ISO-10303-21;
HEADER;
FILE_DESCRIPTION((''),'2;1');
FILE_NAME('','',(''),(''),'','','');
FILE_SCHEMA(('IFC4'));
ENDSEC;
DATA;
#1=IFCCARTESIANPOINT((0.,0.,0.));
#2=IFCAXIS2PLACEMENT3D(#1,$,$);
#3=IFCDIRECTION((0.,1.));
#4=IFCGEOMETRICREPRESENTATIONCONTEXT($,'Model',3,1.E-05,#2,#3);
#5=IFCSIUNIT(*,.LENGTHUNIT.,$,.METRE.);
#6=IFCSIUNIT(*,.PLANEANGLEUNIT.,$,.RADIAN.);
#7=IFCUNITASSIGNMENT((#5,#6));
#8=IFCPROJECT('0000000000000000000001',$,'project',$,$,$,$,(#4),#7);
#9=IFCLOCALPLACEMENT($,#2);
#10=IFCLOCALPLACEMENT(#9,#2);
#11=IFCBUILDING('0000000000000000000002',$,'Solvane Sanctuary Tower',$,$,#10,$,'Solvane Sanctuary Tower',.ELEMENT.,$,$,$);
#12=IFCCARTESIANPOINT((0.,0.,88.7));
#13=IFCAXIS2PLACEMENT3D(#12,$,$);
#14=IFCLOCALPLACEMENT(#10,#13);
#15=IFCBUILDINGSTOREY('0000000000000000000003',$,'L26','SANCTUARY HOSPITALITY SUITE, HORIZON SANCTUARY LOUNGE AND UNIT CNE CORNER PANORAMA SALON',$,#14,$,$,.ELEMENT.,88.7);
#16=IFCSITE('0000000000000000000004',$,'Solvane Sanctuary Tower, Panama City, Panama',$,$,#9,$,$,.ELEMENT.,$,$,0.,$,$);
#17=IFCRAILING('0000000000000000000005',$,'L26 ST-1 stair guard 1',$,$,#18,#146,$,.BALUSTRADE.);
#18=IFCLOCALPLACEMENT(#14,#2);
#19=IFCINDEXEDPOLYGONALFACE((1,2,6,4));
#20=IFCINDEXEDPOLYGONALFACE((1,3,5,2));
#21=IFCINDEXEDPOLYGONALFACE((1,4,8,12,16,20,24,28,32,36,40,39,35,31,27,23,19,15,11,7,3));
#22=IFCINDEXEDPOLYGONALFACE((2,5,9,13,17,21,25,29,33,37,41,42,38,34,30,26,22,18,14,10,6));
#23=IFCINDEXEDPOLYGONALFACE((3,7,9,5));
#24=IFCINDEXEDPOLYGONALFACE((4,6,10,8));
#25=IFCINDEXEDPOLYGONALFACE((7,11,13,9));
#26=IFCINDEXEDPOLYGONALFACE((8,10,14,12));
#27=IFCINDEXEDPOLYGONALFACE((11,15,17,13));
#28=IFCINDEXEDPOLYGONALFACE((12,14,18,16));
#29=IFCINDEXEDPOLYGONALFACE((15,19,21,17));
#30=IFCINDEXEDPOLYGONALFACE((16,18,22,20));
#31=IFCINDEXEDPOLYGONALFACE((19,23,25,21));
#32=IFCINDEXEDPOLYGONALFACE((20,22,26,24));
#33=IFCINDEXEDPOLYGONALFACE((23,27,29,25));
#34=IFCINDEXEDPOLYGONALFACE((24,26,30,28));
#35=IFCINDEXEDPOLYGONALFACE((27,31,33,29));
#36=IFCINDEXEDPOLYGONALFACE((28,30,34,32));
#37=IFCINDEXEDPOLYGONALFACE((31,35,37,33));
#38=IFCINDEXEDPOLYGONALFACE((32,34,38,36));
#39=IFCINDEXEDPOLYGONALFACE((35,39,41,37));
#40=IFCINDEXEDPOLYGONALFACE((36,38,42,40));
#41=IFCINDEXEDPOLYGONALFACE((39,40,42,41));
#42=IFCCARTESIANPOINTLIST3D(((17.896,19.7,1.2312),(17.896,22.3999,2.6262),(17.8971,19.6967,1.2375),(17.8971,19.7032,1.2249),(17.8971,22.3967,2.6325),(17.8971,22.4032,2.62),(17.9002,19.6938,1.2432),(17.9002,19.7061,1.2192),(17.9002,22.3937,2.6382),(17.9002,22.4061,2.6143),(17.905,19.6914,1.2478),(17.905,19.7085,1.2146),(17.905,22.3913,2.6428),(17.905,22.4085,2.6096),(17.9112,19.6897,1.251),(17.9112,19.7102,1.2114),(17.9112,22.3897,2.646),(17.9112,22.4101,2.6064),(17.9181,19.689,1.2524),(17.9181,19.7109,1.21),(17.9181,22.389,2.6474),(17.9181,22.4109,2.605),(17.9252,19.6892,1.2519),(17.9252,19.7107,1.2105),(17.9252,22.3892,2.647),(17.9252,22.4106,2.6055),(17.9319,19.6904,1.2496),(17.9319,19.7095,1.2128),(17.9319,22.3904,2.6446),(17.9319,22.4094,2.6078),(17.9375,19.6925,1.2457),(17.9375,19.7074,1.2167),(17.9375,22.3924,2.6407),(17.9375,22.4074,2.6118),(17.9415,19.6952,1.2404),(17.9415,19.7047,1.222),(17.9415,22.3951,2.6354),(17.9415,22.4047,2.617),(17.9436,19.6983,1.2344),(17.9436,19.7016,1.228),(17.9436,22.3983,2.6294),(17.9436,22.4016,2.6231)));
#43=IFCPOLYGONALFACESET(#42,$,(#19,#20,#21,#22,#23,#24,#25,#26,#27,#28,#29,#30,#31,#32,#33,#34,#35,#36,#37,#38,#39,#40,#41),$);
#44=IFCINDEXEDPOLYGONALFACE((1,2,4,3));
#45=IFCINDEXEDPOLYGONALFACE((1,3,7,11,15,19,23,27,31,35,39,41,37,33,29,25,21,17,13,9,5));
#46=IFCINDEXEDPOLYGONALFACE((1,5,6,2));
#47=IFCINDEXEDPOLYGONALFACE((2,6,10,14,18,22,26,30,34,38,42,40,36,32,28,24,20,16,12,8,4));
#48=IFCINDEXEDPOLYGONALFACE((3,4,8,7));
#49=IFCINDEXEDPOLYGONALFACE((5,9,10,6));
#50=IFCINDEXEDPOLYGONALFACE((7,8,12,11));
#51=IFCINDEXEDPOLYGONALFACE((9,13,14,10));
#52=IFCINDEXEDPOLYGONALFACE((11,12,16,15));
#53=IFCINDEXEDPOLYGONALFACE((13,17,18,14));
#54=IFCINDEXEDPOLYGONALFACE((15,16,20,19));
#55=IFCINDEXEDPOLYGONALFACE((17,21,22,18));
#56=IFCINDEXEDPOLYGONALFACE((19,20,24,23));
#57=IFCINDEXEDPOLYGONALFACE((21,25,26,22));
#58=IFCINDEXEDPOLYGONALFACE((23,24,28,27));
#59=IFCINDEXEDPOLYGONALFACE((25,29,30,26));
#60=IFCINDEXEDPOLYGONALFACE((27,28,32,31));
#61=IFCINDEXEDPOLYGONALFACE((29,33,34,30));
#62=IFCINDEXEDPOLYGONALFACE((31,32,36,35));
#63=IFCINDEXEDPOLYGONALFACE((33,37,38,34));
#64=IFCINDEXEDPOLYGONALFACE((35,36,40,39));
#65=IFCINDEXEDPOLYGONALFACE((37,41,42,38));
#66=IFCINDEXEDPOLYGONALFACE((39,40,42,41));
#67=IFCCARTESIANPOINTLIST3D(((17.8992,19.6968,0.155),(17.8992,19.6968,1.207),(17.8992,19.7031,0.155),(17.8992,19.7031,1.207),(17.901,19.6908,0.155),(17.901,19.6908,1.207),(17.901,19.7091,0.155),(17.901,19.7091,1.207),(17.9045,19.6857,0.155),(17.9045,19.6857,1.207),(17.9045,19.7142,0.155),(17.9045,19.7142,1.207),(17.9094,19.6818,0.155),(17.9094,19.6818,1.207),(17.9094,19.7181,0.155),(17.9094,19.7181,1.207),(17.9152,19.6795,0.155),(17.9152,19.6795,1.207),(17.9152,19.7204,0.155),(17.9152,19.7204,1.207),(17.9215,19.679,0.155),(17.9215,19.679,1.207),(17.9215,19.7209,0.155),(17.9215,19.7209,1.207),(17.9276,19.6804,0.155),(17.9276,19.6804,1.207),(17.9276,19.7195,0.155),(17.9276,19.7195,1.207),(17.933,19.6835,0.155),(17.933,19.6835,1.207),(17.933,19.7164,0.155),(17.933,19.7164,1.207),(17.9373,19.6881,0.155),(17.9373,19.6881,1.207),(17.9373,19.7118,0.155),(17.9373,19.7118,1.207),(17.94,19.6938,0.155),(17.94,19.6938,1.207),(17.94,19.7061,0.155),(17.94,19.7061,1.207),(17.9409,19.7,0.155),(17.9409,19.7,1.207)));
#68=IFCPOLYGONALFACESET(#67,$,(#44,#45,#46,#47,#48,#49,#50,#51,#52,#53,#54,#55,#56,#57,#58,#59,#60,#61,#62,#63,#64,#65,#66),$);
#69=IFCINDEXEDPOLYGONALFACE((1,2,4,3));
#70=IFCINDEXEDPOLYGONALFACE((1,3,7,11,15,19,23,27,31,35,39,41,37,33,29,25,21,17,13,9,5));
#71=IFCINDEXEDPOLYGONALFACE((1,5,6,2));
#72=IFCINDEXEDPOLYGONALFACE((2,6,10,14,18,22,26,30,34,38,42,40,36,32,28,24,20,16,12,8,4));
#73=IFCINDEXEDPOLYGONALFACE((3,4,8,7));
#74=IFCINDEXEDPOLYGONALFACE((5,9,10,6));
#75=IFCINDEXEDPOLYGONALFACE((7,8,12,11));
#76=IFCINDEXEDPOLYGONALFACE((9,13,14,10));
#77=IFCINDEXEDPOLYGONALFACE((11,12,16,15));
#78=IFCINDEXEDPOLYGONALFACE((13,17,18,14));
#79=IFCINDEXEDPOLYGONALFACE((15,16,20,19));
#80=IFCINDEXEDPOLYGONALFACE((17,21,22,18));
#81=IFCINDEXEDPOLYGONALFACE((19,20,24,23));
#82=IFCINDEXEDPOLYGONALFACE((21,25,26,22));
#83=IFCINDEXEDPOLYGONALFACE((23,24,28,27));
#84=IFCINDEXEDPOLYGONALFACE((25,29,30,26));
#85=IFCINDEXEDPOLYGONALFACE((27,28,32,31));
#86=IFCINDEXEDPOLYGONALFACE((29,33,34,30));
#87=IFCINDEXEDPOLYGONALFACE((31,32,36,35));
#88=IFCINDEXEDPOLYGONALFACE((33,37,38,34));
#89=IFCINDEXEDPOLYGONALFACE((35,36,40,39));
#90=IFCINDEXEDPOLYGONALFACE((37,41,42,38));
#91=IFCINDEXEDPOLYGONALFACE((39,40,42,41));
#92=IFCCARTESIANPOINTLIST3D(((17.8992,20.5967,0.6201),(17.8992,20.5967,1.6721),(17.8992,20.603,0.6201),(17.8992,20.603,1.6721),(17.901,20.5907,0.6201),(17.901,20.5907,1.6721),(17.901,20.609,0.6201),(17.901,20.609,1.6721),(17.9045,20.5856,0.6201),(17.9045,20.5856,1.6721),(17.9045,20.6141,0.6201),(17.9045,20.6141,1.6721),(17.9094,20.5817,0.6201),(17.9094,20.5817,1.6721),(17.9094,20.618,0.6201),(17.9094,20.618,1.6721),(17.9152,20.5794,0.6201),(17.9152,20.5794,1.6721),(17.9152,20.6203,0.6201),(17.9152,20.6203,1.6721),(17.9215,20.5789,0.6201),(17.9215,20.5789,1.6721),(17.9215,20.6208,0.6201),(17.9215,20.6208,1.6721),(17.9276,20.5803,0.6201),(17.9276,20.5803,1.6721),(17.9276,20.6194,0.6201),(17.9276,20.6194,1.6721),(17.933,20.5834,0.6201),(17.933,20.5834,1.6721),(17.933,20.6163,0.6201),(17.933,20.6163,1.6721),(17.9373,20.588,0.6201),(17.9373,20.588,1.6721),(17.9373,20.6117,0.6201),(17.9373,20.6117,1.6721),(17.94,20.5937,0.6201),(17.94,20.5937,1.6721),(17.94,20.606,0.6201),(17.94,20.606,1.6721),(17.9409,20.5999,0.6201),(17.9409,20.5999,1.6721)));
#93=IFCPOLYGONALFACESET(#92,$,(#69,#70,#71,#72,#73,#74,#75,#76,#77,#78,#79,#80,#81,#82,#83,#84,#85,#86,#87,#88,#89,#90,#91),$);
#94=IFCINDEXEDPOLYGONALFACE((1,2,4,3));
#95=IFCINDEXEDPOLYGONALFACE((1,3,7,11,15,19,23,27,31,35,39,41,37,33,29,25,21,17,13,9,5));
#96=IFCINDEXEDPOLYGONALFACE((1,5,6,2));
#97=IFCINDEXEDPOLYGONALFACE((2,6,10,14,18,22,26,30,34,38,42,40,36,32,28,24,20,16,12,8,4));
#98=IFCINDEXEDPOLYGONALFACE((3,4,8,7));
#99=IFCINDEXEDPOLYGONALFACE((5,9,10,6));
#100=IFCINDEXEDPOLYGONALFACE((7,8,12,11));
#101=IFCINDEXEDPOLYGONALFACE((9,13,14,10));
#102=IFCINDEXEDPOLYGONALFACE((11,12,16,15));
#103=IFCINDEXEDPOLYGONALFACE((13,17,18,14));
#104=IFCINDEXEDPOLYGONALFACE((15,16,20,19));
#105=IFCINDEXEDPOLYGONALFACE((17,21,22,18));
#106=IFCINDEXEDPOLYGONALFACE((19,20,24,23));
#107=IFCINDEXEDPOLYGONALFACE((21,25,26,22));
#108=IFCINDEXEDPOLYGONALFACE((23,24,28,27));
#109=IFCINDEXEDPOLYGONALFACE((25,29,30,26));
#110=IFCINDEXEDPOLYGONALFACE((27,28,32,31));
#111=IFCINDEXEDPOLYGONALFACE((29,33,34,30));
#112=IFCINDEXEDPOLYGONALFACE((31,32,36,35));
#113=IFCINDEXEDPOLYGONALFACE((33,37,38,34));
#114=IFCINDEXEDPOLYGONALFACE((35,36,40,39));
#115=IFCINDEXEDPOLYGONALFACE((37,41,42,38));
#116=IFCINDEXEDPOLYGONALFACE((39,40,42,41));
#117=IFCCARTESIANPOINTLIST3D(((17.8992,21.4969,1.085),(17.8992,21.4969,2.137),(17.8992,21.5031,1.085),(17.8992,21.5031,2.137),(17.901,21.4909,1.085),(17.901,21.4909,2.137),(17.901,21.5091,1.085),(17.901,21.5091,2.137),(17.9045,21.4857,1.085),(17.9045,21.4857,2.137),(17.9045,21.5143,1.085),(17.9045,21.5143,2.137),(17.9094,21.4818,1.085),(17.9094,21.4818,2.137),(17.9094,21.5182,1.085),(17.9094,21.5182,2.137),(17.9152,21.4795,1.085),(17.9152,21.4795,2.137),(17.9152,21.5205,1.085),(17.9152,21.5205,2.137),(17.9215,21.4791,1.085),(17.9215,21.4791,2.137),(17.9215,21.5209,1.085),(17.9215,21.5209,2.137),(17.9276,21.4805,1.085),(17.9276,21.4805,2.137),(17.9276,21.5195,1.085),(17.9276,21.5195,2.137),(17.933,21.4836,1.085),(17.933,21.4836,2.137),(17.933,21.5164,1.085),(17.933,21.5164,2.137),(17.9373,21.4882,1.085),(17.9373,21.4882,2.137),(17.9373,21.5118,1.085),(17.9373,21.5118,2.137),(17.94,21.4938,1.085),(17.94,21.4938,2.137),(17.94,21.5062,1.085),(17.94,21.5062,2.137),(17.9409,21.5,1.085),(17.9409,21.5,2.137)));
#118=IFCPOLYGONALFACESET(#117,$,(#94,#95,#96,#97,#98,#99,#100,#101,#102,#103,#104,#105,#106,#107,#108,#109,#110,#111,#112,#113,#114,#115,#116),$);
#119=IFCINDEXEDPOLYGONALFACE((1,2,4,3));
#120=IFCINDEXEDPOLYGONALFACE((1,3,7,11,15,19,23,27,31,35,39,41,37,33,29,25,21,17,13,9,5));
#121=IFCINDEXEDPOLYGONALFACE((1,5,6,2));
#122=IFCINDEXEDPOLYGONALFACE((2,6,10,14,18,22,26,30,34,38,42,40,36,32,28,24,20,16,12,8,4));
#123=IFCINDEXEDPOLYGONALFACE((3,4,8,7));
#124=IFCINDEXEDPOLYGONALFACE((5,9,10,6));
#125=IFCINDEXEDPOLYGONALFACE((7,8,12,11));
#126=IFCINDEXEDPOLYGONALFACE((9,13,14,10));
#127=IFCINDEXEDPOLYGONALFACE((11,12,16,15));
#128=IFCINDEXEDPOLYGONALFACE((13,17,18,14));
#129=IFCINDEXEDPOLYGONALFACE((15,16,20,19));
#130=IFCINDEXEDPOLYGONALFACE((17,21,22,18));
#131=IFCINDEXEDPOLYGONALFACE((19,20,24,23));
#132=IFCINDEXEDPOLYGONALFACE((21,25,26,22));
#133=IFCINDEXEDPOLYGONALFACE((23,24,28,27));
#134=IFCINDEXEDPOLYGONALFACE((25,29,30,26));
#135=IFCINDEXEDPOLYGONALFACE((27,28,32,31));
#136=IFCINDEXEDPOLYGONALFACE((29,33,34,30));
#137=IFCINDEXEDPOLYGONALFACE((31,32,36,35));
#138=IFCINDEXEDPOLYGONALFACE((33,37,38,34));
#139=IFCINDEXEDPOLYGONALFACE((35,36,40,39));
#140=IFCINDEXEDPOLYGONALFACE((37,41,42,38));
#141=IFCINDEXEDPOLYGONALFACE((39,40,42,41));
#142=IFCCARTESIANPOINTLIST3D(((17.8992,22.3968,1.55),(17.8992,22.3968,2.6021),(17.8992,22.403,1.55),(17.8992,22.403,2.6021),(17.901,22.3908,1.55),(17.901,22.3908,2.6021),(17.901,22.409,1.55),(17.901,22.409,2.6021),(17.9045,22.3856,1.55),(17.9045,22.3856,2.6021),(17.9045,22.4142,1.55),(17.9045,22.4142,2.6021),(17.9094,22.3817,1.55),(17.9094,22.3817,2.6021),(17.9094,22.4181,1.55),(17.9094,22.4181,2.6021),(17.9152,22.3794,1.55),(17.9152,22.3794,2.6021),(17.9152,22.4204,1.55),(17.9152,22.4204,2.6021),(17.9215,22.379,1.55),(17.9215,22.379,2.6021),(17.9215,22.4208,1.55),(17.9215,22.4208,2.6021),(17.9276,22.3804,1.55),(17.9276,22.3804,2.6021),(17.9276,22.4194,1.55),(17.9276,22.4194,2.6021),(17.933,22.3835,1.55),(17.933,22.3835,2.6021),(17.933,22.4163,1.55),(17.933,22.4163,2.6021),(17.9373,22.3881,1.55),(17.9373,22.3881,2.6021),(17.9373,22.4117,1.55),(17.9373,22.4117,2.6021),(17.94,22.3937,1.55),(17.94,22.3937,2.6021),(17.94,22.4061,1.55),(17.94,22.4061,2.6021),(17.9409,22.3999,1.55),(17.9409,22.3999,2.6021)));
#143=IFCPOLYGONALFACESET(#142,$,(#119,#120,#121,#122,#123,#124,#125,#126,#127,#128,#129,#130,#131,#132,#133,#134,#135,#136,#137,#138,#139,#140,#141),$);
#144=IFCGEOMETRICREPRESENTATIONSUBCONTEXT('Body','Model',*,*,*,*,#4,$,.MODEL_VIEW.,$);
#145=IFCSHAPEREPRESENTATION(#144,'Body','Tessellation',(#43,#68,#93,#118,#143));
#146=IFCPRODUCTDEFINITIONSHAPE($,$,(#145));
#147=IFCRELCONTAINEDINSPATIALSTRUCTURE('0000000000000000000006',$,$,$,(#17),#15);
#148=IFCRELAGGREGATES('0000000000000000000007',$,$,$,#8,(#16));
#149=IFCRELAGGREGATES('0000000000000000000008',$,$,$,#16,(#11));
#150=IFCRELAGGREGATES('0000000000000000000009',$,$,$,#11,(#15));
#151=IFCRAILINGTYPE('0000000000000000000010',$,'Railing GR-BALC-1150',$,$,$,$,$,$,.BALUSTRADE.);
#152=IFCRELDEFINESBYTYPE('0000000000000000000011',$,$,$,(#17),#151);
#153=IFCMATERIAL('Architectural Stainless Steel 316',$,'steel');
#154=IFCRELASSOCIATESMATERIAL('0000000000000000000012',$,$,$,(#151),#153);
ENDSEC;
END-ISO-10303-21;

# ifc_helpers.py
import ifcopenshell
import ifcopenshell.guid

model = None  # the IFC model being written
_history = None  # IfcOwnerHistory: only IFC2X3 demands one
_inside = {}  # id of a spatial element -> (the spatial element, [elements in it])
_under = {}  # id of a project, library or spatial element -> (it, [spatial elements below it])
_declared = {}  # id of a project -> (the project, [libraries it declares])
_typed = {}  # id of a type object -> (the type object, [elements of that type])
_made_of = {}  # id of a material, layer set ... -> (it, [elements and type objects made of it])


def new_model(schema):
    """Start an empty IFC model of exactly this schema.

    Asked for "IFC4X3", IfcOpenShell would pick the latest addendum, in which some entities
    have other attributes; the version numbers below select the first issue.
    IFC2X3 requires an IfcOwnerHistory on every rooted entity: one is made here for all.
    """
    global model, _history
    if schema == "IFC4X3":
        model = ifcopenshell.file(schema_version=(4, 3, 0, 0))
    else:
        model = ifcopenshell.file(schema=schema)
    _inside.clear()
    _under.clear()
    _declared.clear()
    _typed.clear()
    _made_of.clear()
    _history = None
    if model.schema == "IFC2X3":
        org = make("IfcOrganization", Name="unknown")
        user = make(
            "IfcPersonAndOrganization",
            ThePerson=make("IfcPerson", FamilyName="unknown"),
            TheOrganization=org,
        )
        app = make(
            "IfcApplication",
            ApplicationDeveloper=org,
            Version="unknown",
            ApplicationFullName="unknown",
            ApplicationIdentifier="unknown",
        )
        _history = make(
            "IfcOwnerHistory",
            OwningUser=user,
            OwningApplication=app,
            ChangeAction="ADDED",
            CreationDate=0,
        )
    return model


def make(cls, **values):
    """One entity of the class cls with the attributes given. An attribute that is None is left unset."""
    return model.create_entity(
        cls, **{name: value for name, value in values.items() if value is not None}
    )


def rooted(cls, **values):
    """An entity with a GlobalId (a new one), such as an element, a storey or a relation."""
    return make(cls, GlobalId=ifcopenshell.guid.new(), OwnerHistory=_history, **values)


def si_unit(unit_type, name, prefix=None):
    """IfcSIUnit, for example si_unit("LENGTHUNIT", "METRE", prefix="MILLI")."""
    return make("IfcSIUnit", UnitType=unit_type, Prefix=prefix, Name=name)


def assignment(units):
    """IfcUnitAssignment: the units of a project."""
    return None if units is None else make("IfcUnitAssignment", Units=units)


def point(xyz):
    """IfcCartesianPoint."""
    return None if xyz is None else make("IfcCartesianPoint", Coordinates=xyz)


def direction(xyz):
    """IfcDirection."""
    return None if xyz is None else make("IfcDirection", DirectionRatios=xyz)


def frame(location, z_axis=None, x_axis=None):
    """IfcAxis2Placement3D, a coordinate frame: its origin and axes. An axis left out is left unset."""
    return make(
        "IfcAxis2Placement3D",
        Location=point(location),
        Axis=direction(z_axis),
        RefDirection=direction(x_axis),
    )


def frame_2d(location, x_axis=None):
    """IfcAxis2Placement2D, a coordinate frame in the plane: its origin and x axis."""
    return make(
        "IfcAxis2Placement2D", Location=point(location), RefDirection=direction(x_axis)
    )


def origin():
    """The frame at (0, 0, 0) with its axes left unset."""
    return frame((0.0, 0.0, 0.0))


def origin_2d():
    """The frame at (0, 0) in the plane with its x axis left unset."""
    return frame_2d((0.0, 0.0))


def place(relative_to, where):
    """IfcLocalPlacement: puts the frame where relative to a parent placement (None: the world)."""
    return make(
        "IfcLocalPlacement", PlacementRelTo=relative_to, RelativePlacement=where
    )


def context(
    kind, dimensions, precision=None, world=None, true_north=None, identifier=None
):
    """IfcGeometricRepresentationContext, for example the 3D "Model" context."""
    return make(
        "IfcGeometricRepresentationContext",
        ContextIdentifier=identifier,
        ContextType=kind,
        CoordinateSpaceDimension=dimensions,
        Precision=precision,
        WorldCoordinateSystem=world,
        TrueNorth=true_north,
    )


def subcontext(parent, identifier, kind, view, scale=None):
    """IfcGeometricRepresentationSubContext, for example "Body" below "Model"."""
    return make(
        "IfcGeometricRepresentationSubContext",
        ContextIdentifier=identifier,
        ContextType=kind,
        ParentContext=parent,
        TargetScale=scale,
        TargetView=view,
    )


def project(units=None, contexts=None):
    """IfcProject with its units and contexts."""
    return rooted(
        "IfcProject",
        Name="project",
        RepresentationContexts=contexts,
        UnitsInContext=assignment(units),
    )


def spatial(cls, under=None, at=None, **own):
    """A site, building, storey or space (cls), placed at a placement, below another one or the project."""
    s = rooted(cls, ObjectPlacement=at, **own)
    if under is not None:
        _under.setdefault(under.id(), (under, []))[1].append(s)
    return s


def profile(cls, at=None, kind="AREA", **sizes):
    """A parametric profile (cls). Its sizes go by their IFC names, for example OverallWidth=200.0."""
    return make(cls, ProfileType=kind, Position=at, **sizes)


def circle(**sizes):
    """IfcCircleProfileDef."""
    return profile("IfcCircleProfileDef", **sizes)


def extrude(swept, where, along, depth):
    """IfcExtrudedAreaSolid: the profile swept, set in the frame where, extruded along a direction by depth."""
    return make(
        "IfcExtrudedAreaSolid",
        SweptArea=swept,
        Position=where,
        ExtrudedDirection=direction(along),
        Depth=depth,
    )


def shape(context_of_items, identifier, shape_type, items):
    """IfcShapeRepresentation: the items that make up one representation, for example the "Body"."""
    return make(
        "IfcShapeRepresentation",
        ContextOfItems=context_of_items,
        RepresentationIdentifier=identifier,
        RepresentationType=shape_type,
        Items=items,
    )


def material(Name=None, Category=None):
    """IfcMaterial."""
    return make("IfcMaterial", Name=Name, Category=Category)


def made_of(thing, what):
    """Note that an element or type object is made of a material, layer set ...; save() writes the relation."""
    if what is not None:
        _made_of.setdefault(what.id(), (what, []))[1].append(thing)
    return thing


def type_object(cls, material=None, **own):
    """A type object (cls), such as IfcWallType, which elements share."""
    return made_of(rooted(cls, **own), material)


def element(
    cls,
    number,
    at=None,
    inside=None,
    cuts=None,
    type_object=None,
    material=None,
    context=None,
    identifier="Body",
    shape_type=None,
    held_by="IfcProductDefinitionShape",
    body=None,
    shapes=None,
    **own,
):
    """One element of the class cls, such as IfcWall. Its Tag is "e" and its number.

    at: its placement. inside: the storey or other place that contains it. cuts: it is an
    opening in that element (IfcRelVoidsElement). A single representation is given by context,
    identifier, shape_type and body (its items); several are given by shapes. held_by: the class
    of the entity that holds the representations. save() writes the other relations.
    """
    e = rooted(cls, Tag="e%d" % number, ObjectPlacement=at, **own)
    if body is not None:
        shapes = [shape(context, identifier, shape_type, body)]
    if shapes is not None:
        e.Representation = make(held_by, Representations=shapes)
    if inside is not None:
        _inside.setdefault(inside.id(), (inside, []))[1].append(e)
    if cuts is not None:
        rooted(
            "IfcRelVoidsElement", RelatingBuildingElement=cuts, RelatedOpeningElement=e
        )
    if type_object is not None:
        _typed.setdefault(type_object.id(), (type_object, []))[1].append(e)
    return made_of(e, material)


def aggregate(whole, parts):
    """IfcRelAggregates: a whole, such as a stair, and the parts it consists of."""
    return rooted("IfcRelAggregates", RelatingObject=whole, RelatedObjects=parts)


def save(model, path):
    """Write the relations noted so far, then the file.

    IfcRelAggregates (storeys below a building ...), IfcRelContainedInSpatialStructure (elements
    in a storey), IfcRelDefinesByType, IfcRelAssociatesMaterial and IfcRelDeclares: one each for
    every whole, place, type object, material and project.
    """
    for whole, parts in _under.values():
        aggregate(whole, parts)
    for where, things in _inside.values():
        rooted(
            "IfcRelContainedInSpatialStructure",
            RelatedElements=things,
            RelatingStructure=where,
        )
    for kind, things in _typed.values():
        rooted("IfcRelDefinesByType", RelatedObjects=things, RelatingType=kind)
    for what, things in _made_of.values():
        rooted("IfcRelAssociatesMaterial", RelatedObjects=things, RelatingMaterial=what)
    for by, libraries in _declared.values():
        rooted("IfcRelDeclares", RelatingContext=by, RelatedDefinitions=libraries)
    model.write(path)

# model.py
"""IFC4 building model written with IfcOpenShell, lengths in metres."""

from ifc_helpers import new_model, si_unit, direction, frame, origin, origin_2d, place, context, subcontext, project, spatial, circle, extrude, material, type_object, element, save


model = new_model("IFC4")

# Units and contexts
model_context = context("Model", 3, precision=1e-05, world=origin(), true_north=direction((0.0, 1.0)))
body_context = subcontext(model_context, "Body", "Model", "MODEL_VIEW")
ifc_project = project(units=[si_unit("LENGTHUNIT", "METRE"), si_unit("PLANEANGLEUNIT", "RADIAN")], contexts=[model_context])

# Site, building, storey
site_placement = place(None, origin())
site = spatial("IfcSite", under=ifc_project, at=site_placement, Name="Solvane Sanctuary Tower, Panama City, Panama", CompositionType="ELEMENT", RefElevation=0.0)
building_placement = place(site_placement, origin())
building = spatial("IfcBuilding", under=site, at=building_placement, Name="Solvane Sanctuary Tower", LongName="Solvane Sanctuary Tower", CompositionType="ELEMENT")
storey_placement = place(building_placement, frame((0.0, 0.0, 88.7)))
storey = spatial("IfcBuildingStorey", under=building, at=storey_placement, Name="L26", Description="SANCTUARY HOSPITALITY SUITE, HORIZON SANCTUARY LOUNGE AND UNIT CNE CORNER PANORAMA SALON", CompositionType="ELEMENT", Elevation=88.7)

# Shared definitions
ifc_material_1 = material(Name="Architectural Stainless Steel 316", Category="steel")

# Railing
railing_type_1 = type_object("IfcRailingType", Name="Railing GR-BALC-1150", PredefinedType="BALUSTRADE", material=ifc_material_1)
railing_1_placement = place(storey_placement, frame((17.9199, 19.7, 0.155)))
element("IfcRailing", 1, at=railing_1_placement, inside=storey, type_object=railing_type_1, Name="L26 ST-1 stair guard 1", PredefinedType="BALUSTRADE", context=body_context, shape_type="SweptSolid", body=[
    extrude(circle(Radius=0.0239, at=origin_2d()), frame((0.0, 0.0, 1.0762), z_axis=(0.0, 0.88842, 0.459032), x_axis=(-1.0, 0.0, 0.0)), (0.0, 0.0, 1.0), 3.0391),
    extrude(circle(Radius=0.021, at=origin_2d()), origin(), (0.0, 0.0, 1.0), 1.052),
    extrude(circle(Radius=0.021, at=origin_2d()), frame((0.0, 0.8999, 0.4651)), (0.0, 0.0, 1.0), 1.052),
    extrude(circle(Radius=0.021, at=origin_2d()), frame((0.0, 1.8, 0.9299)), (0.0, 0.0, 1.0), 1.052),
    extrude(circle(Radius=0.021, at=origin_2d()), frame((0.0, 2.7, 1.395)), (0.0, 0.0, 1.0), 1.052),
])

save(model, "model.ifc")
